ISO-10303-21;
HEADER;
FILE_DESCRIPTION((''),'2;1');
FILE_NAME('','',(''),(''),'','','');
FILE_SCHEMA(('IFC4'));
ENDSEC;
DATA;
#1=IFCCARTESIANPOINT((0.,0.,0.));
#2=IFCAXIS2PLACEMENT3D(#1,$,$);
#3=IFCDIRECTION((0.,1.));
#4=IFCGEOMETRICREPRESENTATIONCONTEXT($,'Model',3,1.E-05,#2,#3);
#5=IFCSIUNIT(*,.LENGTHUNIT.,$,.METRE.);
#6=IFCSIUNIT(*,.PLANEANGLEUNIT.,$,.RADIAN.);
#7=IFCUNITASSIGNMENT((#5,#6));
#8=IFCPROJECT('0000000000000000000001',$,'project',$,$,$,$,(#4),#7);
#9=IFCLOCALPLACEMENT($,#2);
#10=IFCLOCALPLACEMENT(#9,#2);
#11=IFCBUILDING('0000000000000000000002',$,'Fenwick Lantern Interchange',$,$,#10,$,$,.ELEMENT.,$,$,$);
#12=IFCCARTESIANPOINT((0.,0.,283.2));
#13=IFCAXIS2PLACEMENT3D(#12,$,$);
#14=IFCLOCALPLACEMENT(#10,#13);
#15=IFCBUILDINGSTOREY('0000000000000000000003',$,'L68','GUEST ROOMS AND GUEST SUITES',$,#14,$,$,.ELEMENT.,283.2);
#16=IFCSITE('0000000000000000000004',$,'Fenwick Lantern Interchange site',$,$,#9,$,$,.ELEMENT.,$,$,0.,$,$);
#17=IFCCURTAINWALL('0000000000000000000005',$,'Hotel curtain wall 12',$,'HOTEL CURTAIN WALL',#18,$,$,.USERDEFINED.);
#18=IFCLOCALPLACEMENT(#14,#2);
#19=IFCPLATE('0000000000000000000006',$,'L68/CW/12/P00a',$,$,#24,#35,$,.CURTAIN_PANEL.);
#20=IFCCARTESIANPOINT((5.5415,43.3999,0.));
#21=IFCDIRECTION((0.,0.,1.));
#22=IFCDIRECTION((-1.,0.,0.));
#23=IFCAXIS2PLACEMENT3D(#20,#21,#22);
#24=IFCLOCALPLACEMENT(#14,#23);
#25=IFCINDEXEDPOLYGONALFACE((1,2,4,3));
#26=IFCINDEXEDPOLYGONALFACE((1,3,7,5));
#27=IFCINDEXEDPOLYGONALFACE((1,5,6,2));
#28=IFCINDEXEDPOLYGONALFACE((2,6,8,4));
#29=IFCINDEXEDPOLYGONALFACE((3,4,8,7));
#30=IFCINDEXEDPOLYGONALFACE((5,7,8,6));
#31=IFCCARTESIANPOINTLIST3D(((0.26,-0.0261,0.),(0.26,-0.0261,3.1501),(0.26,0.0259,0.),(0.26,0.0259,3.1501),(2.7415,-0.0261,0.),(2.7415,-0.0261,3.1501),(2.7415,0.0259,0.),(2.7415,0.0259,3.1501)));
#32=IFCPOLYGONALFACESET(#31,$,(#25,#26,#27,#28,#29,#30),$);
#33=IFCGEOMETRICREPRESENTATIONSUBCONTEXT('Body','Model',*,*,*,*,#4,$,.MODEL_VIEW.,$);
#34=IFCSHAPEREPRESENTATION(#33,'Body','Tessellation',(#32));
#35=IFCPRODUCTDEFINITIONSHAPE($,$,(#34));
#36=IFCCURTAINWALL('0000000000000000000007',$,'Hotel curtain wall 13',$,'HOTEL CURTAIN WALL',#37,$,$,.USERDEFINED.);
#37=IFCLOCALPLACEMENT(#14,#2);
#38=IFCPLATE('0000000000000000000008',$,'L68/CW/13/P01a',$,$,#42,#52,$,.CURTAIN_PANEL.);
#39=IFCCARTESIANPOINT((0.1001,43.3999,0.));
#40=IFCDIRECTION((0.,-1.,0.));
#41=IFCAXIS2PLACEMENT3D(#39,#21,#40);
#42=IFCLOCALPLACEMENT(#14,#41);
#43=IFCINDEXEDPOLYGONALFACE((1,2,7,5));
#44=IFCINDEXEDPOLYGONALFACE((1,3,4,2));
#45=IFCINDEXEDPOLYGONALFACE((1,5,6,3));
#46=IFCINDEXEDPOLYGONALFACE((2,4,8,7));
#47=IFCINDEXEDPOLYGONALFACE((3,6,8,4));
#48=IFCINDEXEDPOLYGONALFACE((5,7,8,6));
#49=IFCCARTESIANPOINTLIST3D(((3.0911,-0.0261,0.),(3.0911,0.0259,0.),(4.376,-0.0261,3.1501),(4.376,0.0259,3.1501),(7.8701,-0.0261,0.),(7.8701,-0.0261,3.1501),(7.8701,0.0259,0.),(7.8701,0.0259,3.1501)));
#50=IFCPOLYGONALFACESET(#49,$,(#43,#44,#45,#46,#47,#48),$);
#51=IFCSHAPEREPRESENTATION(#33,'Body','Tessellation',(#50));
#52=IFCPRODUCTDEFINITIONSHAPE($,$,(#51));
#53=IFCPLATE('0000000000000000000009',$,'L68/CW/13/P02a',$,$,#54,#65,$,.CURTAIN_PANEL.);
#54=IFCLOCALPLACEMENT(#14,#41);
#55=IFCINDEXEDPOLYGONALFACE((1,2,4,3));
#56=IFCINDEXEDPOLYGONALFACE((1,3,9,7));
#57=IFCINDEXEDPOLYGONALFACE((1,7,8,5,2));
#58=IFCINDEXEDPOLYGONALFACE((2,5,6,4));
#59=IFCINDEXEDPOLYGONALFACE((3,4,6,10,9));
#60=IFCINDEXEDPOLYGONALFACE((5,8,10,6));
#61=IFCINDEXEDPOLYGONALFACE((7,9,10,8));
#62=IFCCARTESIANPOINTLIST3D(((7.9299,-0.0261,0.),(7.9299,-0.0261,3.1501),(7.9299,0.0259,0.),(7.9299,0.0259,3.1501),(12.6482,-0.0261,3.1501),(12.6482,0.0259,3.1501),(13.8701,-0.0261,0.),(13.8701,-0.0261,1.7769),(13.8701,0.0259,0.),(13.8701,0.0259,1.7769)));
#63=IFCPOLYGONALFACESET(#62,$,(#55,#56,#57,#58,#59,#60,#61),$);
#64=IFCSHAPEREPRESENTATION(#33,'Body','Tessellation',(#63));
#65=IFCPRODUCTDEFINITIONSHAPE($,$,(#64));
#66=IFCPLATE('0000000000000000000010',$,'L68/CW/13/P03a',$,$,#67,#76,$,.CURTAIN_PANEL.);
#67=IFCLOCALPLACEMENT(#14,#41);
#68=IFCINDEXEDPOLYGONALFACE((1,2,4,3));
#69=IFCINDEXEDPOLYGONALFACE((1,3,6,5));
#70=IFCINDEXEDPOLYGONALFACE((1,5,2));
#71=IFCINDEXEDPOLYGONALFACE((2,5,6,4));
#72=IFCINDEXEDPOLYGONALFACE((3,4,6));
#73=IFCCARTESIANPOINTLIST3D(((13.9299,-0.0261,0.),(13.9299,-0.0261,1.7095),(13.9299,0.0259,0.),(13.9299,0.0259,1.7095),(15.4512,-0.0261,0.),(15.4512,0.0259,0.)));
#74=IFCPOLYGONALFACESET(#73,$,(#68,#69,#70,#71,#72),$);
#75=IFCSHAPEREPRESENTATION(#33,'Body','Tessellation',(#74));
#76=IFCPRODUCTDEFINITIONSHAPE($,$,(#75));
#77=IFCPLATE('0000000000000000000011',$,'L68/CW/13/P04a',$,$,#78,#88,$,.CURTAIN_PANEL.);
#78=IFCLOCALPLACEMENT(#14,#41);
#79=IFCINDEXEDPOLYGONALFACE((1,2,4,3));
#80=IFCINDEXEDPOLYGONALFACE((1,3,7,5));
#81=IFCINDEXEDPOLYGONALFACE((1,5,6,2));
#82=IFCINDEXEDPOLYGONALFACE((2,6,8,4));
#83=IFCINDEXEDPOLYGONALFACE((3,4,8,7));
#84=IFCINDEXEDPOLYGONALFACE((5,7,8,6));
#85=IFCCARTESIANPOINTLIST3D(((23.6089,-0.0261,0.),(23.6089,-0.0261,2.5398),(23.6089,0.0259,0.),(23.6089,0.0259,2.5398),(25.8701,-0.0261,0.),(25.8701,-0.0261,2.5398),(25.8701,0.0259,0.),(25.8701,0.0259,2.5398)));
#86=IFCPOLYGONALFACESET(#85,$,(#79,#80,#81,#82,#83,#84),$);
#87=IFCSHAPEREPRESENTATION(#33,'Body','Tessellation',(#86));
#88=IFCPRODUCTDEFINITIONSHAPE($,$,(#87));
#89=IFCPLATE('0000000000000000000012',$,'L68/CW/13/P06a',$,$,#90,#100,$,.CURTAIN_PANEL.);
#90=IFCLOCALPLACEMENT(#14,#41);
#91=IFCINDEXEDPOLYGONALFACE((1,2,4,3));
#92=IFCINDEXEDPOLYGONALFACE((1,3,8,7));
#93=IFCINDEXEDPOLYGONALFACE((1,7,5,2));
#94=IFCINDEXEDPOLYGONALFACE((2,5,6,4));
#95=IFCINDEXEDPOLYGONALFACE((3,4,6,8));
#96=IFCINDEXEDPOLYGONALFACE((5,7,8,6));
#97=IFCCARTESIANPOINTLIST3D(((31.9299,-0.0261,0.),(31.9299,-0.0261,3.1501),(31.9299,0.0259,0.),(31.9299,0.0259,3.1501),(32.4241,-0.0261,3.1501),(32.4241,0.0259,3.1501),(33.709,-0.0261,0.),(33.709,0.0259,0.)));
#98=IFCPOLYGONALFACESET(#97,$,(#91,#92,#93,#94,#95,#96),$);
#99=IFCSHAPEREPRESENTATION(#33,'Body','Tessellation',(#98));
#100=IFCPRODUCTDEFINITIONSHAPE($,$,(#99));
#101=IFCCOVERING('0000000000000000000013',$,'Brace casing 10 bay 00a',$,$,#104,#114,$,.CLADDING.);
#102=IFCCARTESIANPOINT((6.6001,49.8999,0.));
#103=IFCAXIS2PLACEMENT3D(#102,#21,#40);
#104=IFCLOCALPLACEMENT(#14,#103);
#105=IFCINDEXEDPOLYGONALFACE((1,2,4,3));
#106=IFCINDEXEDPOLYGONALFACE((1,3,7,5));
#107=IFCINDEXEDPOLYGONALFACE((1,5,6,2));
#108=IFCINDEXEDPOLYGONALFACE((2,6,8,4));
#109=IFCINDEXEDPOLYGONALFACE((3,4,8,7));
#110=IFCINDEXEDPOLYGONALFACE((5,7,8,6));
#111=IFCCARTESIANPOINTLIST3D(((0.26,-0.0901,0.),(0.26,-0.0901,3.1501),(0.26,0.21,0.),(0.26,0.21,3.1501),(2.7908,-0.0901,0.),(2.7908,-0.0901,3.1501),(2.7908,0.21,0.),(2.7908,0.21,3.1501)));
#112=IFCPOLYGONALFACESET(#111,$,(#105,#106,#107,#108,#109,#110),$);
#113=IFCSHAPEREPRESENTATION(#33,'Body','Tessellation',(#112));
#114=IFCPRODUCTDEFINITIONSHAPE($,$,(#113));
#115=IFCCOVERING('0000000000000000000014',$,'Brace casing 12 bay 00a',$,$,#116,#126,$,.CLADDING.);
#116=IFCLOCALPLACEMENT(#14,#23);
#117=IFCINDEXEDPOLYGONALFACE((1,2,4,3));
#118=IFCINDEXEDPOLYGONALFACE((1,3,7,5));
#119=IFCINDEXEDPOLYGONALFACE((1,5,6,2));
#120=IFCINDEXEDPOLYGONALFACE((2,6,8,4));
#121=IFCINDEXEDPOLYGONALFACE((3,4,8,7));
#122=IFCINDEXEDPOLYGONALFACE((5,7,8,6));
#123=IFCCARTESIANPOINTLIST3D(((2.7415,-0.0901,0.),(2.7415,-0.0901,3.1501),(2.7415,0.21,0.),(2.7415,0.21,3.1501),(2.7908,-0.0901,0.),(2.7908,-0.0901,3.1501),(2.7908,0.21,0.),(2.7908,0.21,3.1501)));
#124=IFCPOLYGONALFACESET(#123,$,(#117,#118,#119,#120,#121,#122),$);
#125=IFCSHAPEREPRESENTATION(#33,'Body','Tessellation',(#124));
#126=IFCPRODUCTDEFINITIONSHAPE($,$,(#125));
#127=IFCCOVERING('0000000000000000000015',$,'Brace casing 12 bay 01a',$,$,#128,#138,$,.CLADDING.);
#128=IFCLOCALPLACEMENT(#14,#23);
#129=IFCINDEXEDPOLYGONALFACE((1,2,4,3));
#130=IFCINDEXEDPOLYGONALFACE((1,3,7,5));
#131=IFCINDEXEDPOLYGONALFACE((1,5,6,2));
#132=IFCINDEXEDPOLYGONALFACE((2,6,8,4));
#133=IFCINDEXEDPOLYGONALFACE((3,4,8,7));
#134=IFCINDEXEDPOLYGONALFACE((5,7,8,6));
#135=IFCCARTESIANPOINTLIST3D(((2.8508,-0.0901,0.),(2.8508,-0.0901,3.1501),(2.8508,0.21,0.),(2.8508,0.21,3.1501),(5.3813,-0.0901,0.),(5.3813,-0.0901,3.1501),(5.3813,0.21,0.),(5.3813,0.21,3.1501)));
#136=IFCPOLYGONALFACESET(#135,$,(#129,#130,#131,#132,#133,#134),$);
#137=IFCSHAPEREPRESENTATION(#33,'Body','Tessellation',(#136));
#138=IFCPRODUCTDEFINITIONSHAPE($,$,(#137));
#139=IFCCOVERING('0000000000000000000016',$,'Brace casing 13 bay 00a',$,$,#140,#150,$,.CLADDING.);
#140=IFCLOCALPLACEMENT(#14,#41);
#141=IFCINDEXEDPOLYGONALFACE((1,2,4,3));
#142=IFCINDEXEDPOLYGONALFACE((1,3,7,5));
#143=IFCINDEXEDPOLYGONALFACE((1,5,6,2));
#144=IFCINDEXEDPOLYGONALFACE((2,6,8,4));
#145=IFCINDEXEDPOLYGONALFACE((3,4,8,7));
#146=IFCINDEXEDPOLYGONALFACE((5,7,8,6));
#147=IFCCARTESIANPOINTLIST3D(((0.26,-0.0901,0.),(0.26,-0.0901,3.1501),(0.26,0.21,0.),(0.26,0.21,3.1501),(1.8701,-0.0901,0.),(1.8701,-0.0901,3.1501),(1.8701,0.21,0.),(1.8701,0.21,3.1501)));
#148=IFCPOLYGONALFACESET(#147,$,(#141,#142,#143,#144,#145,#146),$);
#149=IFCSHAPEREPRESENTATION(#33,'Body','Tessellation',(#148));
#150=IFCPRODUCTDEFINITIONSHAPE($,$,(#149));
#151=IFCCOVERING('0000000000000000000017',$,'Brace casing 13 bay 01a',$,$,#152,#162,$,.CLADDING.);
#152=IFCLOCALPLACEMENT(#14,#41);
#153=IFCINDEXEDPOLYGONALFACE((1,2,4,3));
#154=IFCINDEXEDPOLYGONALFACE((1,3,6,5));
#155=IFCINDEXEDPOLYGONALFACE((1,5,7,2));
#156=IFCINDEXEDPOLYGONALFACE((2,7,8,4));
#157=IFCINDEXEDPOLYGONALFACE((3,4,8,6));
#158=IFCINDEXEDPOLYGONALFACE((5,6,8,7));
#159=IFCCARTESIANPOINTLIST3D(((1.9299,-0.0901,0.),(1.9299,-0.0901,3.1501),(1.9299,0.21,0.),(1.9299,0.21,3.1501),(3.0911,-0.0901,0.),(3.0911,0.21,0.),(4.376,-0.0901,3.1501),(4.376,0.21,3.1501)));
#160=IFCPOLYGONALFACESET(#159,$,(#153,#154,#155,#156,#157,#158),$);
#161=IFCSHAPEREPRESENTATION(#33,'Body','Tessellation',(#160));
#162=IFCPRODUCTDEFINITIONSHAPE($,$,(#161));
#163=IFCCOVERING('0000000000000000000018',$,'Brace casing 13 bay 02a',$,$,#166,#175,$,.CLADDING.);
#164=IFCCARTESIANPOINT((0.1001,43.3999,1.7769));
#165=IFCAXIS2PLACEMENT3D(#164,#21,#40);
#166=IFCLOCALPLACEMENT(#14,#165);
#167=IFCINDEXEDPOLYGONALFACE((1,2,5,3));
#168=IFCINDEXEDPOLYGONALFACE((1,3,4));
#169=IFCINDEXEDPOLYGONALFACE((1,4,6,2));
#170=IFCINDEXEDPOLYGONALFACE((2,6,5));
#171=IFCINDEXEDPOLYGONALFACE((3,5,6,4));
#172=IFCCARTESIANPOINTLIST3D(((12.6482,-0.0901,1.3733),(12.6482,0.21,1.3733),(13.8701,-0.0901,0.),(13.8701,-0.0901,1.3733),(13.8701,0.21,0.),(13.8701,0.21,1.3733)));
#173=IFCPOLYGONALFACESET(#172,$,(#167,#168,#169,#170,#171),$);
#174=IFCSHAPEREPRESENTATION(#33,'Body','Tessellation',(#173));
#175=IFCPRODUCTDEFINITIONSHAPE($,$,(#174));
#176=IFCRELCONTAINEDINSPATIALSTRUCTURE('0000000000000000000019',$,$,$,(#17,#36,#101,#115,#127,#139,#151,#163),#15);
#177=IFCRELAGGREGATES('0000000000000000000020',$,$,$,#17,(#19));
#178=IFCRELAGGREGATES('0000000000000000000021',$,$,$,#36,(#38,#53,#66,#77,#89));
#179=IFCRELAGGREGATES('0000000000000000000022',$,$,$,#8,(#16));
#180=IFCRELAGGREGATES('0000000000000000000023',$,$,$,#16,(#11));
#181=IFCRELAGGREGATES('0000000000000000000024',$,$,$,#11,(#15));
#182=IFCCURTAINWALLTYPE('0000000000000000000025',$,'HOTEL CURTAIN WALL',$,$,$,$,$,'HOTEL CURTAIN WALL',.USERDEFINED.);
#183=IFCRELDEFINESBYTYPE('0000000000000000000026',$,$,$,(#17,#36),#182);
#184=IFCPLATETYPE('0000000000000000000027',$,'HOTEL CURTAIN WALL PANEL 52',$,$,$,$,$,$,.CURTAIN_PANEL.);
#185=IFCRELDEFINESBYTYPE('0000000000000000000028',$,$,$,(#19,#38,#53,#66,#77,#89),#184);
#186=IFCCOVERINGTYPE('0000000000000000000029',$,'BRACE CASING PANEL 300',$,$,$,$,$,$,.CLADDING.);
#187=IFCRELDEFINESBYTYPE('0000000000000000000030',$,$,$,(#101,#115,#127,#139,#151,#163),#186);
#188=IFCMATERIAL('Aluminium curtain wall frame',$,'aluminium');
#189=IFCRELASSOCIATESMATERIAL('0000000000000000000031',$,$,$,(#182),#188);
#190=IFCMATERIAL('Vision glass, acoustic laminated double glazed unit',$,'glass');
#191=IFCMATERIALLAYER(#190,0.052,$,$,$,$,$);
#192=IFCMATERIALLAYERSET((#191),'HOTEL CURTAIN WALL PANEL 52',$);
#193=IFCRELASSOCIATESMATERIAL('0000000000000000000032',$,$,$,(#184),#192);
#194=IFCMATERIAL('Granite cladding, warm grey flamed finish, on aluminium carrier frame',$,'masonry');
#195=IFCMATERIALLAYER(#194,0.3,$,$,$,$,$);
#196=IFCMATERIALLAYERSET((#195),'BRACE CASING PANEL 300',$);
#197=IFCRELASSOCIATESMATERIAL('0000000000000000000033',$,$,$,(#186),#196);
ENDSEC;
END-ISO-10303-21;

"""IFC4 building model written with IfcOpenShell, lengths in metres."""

from ifc_helpers import new_model, si_unit, direction, frame, origin, place, context, subcontext, project, spatial, polyline, outline, extrude, material, layer, layer_set, type_object, element, aggregate, save


model = new_model("IFC4")

# Units and contexts
model_context = context("Model", 3, precision=1e-05, world=origin(), true_north=direction((0.0, 1.0)))
body_context = subcontext(model_context, "Body", "Model", "MODEL_VIEW")
ifc_project = project(units=[si_unit("LENGTHUNIT", "METRE"), si_unit("PLANEANGLEUNIT", "RADIAN")], contexts=[model_context])

# Site, building, storey
site_placement = place(None, origin())
site = spatial("IfcSite", under=ifc_project, at=site_placement, Name="Fenwick Lantern Interchange site", CompositionType="ELEMENT", RefElevation=0.0)
building_placement = place(site_placement, origin())
building = spatial("IfcBuilding", under=site, at=building_placement, Name="Fenwick Lantern Interchange", CompositionType="ELEMENT")
storey_placement = place(building_placement, frame((0.0, 0.0, 283.2)))
storey = spatial("IfcBuildingStorey", under=building, at=storey_placement, Name="L68", Description="GUEST ROOMS AND GUEST SUITES", CompositionType="ELEMENT", Elevation=283.2)

# Shared definitions
ifc_material_1 = material(Name="Aluminium curtain wall frame", Category="aluminium")
curtain_wall_type = type_object("IfcCurtainWallType", Name="HOTEL CURTAIN WALL", ElementType="HOTEL CURTAIN WALL", PredefinedType="USERDEFINED", material=ifc_material_1)

# Curtain wall
curtain_wall_1_placement = place(storey_placement, origin())
curtain_wall_1 = element("IfcCurtainWall", 1, at=curtain_wall_1_placement, inside=storey, type_object=curtain_wall_type, Name="Hotel curtain wall 12", ObjectType="HOTEL CURTAIN WALL", PredefinedType="USERDEFINED")

# Plate
ifc_material_2 = material(Name="Vision glass, acoustic laminated double glazed unit", Category="glass")
ifc_layer_1 = layer(ifc_material_2, 0.052)
ifc_layer_set_1 = layer_set([ifc_layer_1], Name="HOTEL CURTAIN WALL PANEL 52")
plate_type = type_object("IfcPlateType", Name="HOTEL CURTAIN WALL PANEL 52", PredefinedType="CURTAIN_PANEL", material=ifc_layer_set_1)
plate_1_placement = place(storey_placement, frame((5.5415, 43.3999, 0.0), z_axis=(0.0, 0.0, 1.0), x_axis=(-1.0, 0.0, 0.0)))
plate_1 = element("IfcPlate", 2, at=plate_1_placement, type_object=plate_type, Name="L68/CW/12/P00a", PredefinedType="CURTAIN_PANEL", context=body_context, shape_type="SweptSolid", body=[
    extrude(outline(polyline([(0.26, 0.0), (2.7415, 0.0), (2.7415, 3.1501), (0.26, 3.1501), (0.26, 0.0)])), frame((0.0, 0.0259, 0.0), z_axis=(0.0, -1.0, 0.0), x_axis=(1.0, 0.0, 0.0)), (0.0, 0.0, 1.0), 0.052),
])
aggregate(curtain_wall_1, [plate_1])

# Curtain wall, plates
curtain_wall_2_placement = place(storey_placement, origin())
curtain_wall_2 = element("IfcCurtainWall", 3, at=curtain_wall_2_placement, inside=storey, type_object=curtain_wall_type, Name="Hotel curtain wall 13", ObjectType="HOTEL CURTAIN WALL", PredefinedType="USERDEFINED")
plate_2_placement = place(storey_placement, frame((0.1001, 43.3999, 0.0), z_axis=(0.0, 0.0, 1.0), x_axis=(0.0, -1.0, 0.0)))
plate_2 = element("IfcPlate", 4, at=plate_2_placement, type_object=plate_type, Name="L68/CW/13/P01a", PredefinedType="CURTAIN_PANEL", context=body_context, shape_type="SweptSolid", body=[
    extrude(outline(polyline([(3.0911, 0.0), (7.8701, 0.0), (7.8701, 3.1501), (4.376, 3.1501), (3.0911, 0.0)])), frame((0.0, 0.0259, 0.0), z_axis=(0.0, -1.0, 0.0), x_axis=(1.0, 0.0, 0.0)), (0.0, 0.0, 1.0), 0.052),
])
plate_3_placement = place(storey_placement, frame((0.1001, 43.3999, 0.0), z_axis=(0.0, 0.0, 1.0), x_axis=(0.0, -1.0, 0.0)))
plate_3 = element("IfcPlate", 5, at=plate_3_placement, type_object=plate_type, Name="L68/CW/13/P02a", PredefinedType="CURTAIN_PANEL", context=body_context, shape_type="SweptSolid", body=[
    extrude(outline(polyline([(7.9299, 0.0), (13.8701, 0.0), (13.8701, 1.7769), (12.6482, 3.1501), (7.9299, 3.1501), (7.9299, 0.0)])), frame((0.0, 0.0259, 0.0), z_axis=(0.0, -1.0, 0.0), x_axis=(1.0, 0.0, 0.0)), (0.0, 0.0, 1.0), 0.052),
])
plate_4_placement = place(storey_placement, frame((0.1001, 43.3999, 0.0), z_axis=(0.0, 0.0, 1.0), x_axis=(0.0, -1.0, 0.0)))
plate_4 = element("IfcPlate", 6, at=plate_4_placement, type_object=plate_type, Name="L68/CW/13/P03a", PredefinedType="CURTAIN_PANEL", context=body_context, shape_type="SweptSolid", body=[
    extrude(outline(polyline([(13.9299, 0.0), (15.4512, 0.0), (13.9299, 1.7095), (13.9299, 0.0)])), frame((0.0, 0.0259, 0.0), z_axis=(0.0, -1.0, 0.0), x_axis=(1.0, 0.0, 0.0)), (0.0, 0.0, 1.0), 0.052),
])
plate_5_placement = place(storey_placement, frame((0.1001, 43.3999, 0.0), z_axis=(0.0, 0.0, 1.0), x_axis=(0.0, -1.0, 0.0)))
plate_5 = element("IfcPlate", 7, at=plate_5_placement, type_object=plate_type, Name="L68/CW/13/P04a", PredefinedType="CURTAIN_PANEL", context=body_context, shape_type="SweptSolid", body=[
    extrude(outline(polyline([(23.6089, 0.0), (25.8701, 0.0), (25.8701, 2.5398), (23.6089, 2.5398), (23.6089, 0.0)])), frame((0.0, 0.0259, 0.0), z_axis=(0.0, -1.0, 0.0), x_axis=(1.0, 0.0, 0.0)), (0.0, 0.0, 1.0), 0.052),
])
plate_6_placement = place(storey_placement, frame((0.1001, 43.3999, 0.0), z_axis=(0.0, 0.0, 1.0), x_axis=(0.0, -1.0, 0.0)))
plate_6 = element("IfcPlate", 8, at=plate_6_placement, type_object=plate_type, Name="L68/CW/13/P06a", PredefinedType="CURTAIN_PANEL", context=body_context, shape_type="SweptSolid", body=[
    extrude(outline(polyline([(31.9299, 0.0), (33.709, 0.0), (32.4241, 3.1501), (31.9299, 3.1501), (31.9299, 0.0)])), frame((0.0, 0.0259, 0.0), z_axis=(0.0, -1.0, 0.0), x_axis=(1.0, 0.0, 0.0)), (0.0, 0.0, 1.0), 0.052),
])
aggregate(curtain_wall_2, [plate_2, plate_3, plate_4, plate_5, plate_6])

# Coverings
ifc_material_3 = material(Name="Granite cladding, warm grey flamed finish, on aluminium carrier frame", Category="masonry")
ifc_layer_2 = layer(ifc_material_3, 0.3)
ifc_layer_set_2 = layer_set([ifc_layer_2], Name="BRACE CASING PANEL 300")
covering_type = type_object("IfcCoveringType", Name="BRACE CASING PANEL 300", PredefinedType="CLADDING", material=ifc_layer_set_2)
covering_1_placement = place(storey_placement, frame((6.6001, 49.8999, 0.0), z_axis=(0.0, 0.0, 1.0), x_axis=(0.0, -1.0, 0.0)))
element("IfcCovering", 9, at=covering_1_placement, inside=storey, type_object=covering_type, Name="Brace casing 10 bay 00a", PredefinedType="CLADDING", context=body_context, shape_type="SweptSolid", body=[
    extrude(outline(polyline([(0.26, 0.0), (2.7908, 0.0), (2.7908, 3.1501), (0.26, 3.1501), (0.26, 0.0)])), frame((0.0, 0.21, 0.0), z_axis=(0.0, -1.0, 0.0), x_axis=(1.0, 0.0, 0.0)), (0.0, 0.0, 1.0), 0.3),
])
covering_2_placement = place(storey_placement, frame((5.5415, 43.3999, 0.0), z_axis=(0.0, 0.0, 1.0), x_axis=(-1.0, 0.0, 0.0)))
element("IfcCovering", 10, at=covering_2_placement, inside=storey, type_object=covering_type, Name="Brace casing 12 bay 00a", PredefinedType="CLADDING", context=body_context, shape_type="SweptSolid", body=[
    extrude(outline(polyline([(2.7415, 0.0), (2.7908, 0.0), (2.7908, 3.1501), (2.7415, 3.1501), (2.7415, 0.0)])), frame((0.0, 0.21, 0.0), z_axis=(0.0, -1.0, 0.0), x_axis=(1.0, 0.0, 0.0)), (0.0, 0.0, 1.0), 0.3),
])
covering_3_placement = place(storey_placement, frame((5.5415, 43.3999, 0.0), z_axis=(0.0, 0.0, 1.0), x_axis=(-1.0, 0.0, 0.0)))
element("IfcCovering", 11, at=covering_3_placement, inside=storey, type_object=covering_type, Name="Brace casing 12 bay 01a", PredefinedType="CLADDING", context=body_context, shape_type="SweptSolid", body=[
    extrude(outline(polyline([(2.8508, 0.0), (5.3813, 0.0), (5.3813, 3.1501), (2.8508, 3.1501), (2.8508, 0.0)])), frame((0.0, 0.21, 0.0), z_axis=(0.0, -1.0, 0.0), x_axis=(1.0, 0.0, 0.0)), (0.0, 0.0, 1.0), 0.3),
])
covering_4_placement = place(storey_placement, frame((0.1001, 43.3999, 0.0), z_axis=(0.0, 0.0, 1.0), x_axis=(0.0, -1.0, 0.0)))
element("IfcCovering", 12, at=covering_4_placement, inside=storey, type_object=covering_type, Name="Brace casing 13 bay 00a", PredefinedType="CLADDING", context=body_context, shape_type="SweptSolid", body=[
    extrude(outline(polyline([(0.26, 0.0), (1.8701, 0.0), (1.8701, 3.1501), (0.26, 3.1501), (0.26, 0.0)])), frame((0.0, 0.21, 0.0), z_axis=(0.0, -1.0, 0.0), x_axis=(1.0, 0.0, 0.0)), (0.0, 0.0, 1.0), 0.3),
])
covering_5_placement = place(storey_placement, frame((0.1001, 43.3999, 0.0), z_axis=(0.0, 0.0, 1.0), x_axis=(0.0, -1.0, 0.0)))
element("IfcCovering", 13, at=covering_5_placement, inside=storey, type_object=covering_type, Name="Brace casing 13 bay 01a", PredefinedType="CLADDING", context=body_context, shape_type="SweptSolid", body=[
    extrude(outline(polyline([(1.9299, 0.0), (3.0911, 0.0), (4.376, 3.1501), (1.9299, 3.1501), (1.9299, 0.0)])), frame((0.0, 0.21, 0.0), z_axis=(0.0, -1.0, 0.0), x_axis=(1.0, 0.0, 0.0)), (0.0, 0.0, 1.0), 0.3),
])
covering_6_placement = place(storey_placement, frame((0.1001, 43.3999, 1.7769), z_axis=(0.0, 0.0, 1.0), x_axis=(0.0, -1.0, 0.0)))
element("IfcCovering", 14, at=covering_6_placement, inside=storey, type_object=covering_type, Name="Brace casing 13 bay 02a", PredefinedType="CLADDING", context=body_context, shape_type="SweptSolid", body=[
    extrude(outline(polyline([(13.8701, 0.0), (13.8701, 1.3733), (12.6482, 1.3733), (13.8701, 0.0)])), frame((0.0, 0.21, 0.0), z_axis=(0.0, -1.0, 0.0), x_axis=(1.0, 0.0, 0.0)), (0.0, 0.0, 1.0), 0.3),
])

save(model, "model.ifc")
